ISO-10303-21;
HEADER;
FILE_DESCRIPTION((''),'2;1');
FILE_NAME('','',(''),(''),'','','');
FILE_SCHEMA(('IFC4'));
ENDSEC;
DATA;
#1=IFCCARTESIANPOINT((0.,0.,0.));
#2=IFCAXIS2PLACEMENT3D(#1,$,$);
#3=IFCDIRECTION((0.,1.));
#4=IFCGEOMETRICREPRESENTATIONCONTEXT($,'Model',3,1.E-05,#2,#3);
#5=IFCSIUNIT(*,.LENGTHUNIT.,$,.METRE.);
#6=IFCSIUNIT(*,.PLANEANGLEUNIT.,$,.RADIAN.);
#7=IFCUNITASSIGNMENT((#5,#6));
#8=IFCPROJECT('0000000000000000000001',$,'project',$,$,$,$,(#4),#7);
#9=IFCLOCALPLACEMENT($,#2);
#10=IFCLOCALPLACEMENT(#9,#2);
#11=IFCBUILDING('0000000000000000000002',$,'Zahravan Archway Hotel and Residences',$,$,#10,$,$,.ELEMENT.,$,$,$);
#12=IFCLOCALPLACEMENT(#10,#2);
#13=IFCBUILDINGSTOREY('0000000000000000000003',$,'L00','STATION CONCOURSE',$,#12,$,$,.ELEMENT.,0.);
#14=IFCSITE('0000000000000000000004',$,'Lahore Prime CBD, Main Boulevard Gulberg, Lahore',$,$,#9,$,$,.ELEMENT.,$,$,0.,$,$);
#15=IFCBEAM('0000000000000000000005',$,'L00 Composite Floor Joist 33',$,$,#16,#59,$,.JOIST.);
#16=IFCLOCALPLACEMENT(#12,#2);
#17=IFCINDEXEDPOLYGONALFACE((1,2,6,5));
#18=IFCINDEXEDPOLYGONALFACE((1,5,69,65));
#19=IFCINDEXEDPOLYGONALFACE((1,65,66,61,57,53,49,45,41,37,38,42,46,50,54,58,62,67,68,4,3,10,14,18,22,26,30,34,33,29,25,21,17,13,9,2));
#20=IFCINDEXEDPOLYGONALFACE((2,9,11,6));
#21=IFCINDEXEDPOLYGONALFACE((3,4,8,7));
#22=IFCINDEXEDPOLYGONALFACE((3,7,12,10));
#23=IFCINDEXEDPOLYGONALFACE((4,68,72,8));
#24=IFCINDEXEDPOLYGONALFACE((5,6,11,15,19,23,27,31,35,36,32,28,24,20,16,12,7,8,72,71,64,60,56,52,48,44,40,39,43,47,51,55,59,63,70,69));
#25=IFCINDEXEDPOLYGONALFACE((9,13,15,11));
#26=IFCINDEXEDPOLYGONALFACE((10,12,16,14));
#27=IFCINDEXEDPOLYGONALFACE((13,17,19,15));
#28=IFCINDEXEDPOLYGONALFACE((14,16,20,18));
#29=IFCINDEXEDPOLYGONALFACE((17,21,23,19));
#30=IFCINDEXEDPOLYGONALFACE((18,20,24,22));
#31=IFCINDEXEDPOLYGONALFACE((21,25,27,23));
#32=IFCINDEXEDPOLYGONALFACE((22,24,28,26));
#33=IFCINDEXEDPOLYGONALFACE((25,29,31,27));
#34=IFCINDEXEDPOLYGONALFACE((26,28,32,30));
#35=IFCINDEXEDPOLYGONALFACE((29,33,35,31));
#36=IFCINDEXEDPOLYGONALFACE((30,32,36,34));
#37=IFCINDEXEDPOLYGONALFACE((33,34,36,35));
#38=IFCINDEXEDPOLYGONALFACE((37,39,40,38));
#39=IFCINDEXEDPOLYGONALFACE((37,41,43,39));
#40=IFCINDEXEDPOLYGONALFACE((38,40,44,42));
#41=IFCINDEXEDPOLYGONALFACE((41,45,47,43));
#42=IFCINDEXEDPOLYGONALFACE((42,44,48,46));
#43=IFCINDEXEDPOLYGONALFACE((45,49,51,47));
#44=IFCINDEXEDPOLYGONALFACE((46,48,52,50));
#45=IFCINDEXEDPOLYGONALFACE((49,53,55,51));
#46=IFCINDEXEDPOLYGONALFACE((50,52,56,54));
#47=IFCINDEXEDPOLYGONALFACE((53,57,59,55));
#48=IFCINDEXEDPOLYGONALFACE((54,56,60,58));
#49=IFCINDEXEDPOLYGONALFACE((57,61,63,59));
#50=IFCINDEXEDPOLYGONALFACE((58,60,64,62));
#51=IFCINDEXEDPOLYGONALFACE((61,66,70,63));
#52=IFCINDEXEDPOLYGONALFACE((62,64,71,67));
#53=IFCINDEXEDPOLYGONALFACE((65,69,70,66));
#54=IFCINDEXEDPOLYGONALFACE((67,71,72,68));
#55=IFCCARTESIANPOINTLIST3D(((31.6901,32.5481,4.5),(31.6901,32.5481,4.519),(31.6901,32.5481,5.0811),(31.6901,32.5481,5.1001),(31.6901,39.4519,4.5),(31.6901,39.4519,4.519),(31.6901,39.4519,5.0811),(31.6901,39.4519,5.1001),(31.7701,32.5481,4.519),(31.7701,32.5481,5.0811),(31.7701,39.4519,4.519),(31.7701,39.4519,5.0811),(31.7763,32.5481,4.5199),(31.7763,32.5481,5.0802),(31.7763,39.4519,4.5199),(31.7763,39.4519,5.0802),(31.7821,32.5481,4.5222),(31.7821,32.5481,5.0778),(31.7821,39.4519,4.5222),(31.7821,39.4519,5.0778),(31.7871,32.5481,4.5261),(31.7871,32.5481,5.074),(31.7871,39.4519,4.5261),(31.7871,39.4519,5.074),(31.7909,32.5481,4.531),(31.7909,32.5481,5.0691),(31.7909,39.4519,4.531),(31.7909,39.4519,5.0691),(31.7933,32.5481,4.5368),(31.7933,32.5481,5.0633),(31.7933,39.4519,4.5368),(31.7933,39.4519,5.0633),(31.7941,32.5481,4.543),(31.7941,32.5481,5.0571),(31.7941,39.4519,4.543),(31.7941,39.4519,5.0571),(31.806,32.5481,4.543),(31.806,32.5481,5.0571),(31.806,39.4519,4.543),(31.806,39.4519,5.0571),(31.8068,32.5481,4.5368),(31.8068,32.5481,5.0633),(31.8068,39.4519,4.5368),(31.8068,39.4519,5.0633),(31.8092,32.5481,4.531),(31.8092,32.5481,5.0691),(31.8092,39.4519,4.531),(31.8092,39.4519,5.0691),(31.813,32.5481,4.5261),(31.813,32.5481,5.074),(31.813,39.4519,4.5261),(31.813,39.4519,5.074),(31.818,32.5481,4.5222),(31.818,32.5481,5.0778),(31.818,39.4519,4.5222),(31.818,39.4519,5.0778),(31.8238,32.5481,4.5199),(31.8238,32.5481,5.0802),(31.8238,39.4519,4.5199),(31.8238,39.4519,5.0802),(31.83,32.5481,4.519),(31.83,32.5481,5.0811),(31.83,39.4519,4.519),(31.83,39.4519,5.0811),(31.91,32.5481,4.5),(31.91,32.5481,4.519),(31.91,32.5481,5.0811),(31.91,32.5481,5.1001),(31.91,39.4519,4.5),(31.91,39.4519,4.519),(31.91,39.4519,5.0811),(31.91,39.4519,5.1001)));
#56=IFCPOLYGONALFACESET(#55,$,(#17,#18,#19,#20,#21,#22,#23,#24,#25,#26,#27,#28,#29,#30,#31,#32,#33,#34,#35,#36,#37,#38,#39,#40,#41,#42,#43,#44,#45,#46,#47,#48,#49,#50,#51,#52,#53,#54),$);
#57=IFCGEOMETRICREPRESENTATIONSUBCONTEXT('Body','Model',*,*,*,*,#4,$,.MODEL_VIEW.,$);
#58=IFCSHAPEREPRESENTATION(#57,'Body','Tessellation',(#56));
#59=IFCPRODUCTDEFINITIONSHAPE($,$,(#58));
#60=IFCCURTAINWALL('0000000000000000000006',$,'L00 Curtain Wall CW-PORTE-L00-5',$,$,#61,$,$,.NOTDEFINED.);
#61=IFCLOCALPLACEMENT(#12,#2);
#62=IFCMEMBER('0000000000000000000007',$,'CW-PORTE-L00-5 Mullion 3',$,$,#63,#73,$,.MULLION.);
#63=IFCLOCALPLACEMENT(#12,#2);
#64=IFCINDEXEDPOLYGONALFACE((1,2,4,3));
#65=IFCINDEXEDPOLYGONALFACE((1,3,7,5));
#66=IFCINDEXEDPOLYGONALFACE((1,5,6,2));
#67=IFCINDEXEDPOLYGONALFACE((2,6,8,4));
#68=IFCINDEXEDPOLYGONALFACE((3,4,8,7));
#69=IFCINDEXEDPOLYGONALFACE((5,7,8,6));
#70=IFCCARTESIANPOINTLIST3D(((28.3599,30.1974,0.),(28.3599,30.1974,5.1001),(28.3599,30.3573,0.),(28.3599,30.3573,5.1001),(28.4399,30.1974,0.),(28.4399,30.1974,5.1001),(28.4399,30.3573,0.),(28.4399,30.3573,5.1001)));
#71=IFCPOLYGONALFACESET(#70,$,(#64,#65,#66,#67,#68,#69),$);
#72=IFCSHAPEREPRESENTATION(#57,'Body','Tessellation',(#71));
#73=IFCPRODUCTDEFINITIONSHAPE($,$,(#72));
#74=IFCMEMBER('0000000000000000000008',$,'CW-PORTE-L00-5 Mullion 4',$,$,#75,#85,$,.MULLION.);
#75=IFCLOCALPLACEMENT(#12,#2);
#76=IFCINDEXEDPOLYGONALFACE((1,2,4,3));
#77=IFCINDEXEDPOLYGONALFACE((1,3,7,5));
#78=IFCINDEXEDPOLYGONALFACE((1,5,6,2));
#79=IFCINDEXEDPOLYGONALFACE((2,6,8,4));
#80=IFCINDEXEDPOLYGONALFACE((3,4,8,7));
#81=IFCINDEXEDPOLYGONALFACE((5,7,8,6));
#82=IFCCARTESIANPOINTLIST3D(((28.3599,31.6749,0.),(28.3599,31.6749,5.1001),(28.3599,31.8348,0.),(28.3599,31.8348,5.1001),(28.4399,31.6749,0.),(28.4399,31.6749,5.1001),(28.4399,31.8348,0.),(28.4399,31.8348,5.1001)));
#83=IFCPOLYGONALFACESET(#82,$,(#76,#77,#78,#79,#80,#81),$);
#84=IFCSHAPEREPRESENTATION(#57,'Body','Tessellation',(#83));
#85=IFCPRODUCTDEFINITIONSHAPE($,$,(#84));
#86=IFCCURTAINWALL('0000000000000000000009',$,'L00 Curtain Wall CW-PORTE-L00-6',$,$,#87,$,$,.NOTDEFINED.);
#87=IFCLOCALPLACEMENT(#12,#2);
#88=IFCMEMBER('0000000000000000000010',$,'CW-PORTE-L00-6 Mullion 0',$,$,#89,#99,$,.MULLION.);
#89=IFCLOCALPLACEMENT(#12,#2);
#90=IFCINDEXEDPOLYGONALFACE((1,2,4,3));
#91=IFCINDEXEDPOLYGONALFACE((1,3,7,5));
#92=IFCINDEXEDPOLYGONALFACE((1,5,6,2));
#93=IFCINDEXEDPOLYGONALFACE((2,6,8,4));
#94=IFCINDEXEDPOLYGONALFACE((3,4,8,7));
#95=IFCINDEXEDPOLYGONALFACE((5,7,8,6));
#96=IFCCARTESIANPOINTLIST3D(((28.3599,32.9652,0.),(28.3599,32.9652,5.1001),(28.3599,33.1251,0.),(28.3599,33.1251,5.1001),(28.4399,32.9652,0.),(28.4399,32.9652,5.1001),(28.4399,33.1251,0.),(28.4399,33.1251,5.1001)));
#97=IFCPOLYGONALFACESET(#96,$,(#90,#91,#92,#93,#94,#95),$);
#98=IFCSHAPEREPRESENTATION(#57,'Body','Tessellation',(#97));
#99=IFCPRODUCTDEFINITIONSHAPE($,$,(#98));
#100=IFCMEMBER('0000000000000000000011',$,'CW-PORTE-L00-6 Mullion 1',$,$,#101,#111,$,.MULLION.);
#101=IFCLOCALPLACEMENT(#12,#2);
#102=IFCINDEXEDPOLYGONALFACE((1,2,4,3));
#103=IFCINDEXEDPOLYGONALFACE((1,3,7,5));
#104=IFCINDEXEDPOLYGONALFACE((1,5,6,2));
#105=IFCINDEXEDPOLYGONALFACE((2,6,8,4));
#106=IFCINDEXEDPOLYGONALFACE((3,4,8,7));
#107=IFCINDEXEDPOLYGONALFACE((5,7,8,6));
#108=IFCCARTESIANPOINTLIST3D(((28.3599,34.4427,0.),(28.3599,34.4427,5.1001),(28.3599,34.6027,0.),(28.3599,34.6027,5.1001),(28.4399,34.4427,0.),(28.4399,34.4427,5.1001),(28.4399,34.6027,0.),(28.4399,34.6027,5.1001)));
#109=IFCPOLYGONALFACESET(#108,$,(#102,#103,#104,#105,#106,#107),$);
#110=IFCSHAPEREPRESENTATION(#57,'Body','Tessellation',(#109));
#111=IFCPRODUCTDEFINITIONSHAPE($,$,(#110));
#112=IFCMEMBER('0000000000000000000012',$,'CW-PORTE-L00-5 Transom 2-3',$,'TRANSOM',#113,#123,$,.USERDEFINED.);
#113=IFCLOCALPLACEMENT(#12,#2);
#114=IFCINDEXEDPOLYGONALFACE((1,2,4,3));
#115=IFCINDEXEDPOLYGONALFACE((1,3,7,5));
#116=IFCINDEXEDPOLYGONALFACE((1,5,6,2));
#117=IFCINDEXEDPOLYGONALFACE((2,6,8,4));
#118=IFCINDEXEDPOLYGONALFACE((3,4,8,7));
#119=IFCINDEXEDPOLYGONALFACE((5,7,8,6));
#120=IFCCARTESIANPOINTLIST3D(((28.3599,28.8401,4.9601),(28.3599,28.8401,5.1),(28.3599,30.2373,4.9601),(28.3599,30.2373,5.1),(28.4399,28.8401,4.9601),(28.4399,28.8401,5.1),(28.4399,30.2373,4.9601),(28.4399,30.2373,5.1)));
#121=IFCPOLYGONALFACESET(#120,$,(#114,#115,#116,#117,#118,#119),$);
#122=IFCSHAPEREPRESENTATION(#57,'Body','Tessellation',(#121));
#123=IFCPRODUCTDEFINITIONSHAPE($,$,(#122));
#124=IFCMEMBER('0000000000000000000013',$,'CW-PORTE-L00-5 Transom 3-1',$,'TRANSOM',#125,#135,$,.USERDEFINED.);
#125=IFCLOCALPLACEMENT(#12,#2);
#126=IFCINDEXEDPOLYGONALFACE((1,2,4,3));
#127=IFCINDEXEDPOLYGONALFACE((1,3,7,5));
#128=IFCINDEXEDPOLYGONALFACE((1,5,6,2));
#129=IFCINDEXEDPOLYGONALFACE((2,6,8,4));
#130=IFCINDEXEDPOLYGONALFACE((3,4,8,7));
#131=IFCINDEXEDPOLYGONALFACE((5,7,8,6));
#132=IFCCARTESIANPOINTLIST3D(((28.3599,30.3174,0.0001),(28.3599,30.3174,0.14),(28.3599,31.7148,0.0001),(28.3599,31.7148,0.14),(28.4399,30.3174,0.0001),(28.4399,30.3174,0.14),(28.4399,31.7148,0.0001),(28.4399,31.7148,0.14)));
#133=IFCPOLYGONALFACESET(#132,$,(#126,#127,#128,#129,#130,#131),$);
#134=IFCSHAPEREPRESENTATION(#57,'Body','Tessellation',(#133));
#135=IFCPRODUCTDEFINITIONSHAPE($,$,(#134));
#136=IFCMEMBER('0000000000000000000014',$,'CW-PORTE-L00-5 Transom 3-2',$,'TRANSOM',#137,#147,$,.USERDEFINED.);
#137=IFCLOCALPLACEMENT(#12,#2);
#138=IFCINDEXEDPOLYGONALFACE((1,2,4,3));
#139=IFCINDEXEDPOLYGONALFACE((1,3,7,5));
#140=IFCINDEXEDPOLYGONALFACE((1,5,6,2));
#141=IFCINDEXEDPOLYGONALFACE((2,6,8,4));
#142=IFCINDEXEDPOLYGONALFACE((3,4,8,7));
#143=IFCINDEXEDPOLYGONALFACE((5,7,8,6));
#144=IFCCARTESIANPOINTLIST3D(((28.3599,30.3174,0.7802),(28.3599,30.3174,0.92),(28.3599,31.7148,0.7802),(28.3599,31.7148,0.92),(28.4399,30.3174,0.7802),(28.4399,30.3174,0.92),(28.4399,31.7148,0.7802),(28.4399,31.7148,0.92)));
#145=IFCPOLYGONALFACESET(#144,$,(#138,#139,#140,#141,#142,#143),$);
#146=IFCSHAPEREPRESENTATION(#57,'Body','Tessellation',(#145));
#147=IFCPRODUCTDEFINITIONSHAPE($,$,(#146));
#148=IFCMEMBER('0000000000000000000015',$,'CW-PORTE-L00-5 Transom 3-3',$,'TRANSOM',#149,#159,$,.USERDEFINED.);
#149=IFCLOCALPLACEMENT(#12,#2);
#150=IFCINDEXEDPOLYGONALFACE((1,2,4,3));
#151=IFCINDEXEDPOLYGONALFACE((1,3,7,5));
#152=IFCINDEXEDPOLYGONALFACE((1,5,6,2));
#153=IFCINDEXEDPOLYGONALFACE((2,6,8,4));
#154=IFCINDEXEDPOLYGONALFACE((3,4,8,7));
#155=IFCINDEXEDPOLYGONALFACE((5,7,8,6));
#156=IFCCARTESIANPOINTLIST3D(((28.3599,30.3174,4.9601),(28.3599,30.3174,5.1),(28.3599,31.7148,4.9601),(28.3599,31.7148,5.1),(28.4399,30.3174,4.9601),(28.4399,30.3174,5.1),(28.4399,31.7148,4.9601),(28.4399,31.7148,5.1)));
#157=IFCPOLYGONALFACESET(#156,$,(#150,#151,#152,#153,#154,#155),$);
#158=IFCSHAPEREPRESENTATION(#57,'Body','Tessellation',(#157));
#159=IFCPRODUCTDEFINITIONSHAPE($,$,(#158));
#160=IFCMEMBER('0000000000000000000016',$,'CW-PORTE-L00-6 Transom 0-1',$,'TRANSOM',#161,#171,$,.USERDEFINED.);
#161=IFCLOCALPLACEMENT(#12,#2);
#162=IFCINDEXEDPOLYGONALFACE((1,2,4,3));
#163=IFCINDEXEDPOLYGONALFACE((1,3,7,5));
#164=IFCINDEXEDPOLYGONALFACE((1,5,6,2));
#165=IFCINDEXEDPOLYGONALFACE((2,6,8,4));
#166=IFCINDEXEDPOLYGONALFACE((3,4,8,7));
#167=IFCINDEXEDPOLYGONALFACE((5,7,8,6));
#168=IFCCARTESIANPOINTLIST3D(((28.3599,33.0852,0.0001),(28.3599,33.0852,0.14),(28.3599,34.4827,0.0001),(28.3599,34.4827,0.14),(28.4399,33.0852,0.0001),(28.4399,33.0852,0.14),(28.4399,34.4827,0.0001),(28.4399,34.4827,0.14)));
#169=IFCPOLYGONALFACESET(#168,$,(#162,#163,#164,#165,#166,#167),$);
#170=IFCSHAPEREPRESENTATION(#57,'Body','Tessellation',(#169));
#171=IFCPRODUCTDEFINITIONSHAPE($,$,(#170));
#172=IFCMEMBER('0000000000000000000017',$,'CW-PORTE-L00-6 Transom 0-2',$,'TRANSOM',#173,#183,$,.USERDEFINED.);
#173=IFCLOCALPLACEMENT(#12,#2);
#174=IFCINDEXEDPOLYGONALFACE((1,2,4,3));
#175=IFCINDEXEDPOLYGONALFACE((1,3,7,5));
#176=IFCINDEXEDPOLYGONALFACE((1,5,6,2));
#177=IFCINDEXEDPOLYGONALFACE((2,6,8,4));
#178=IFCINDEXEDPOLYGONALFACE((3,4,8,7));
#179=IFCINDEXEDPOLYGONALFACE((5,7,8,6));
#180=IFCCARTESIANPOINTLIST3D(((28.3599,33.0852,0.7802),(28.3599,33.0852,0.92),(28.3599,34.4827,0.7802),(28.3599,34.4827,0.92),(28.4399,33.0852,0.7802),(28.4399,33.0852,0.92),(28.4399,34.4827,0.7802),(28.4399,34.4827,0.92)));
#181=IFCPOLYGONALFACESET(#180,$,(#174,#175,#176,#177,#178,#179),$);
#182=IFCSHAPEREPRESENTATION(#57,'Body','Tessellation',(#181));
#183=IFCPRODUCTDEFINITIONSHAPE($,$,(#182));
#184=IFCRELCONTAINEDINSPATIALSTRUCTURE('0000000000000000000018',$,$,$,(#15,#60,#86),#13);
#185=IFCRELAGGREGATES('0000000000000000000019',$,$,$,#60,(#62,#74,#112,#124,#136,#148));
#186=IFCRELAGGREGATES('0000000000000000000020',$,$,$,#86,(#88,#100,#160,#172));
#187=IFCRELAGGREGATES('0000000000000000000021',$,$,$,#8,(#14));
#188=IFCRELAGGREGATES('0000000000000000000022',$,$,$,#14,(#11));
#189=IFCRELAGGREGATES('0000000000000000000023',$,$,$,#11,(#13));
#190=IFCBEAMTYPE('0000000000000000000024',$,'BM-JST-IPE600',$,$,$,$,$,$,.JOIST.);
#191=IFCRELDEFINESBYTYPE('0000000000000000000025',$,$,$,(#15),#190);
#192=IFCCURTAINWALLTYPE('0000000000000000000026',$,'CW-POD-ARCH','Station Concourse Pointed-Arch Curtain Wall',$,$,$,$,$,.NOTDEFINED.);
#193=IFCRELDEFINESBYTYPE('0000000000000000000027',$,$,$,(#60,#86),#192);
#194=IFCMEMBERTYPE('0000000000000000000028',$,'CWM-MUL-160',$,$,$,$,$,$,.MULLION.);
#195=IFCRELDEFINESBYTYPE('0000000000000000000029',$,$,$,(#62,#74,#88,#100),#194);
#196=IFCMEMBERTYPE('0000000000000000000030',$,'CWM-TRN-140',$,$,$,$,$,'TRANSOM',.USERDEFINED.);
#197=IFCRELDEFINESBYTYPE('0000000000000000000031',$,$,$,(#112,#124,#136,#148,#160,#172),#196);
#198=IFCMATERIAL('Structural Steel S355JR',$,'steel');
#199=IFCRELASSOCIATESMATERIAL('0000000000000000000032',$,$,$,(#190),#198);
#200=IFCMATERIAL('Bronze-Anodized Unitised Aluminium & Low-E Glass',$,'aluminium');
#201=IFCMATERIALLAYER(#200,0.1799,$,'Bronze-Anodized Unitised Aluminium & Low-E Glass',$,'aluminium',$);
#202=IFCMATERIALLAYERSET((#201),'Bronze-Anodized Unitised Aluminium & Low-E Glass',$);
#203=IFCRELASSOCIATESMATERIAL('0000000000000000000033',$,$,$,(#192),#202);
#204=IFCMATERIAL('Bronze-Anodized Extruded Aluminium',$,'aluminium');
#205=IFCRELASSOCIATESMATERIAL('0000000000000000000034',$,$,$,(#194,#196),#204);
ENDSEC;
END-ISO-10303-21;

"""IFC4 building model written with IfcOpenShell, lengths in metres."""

from ifc_helpers import new_model, si_unit, direction, frame, origin, origin_2d, place, context, subcontext, project, spatial, rectangle, i_section, extrude, source, transform, mapped, material, layer, layer_set, material_profile, profile_set, type_object, element, aggregate, save


model = new_model("IFC4")

# Units and contexts
model_context = context("Model", 3, precision=1e-05, world=origin(), true_north=direction((0.0, 1.0)))
body_context = subcontext(model_context, "Body", "Model", "MODEL_VIEW")
ifc_project = project(units=[si_unit("LENGTHUNIT", "METRE"), si_unit("PLANEANGLEUNIT", "RADIAN")], contexts=[model_context])

# Site, building, storey
site_placement = place(None, origin())
site = spatial("IfcSite", under=ifc_project, at=site_placement, Name="Lahore Prime CBD, Main Boulevard Gulberg, Lahore", CompositionType="ELEMENT", RefElevation=0.0)
building_placement = place(site_placement, origin())
building = spatial("IfcBuilding", under=site, at=building_placement, Name="Zahravan Archway Hotel and Residences", CompositionType="ELEMENT")
storey_placement = place(building_placement, origin())
storey = spatial("IfcBuildingStorey", under=building, at=storey_placement, Name="L00", Description="STATION CONCOURSE", CompositionType="ELEMENT", Elevation=0.0)

# Beam
ifc_material_1 = material(Name="Structural Steel S355JR", Category="steel")
ifc_material_profile_1 = material_profile(ifc_material_1, i_section(OverallWidth=0.22, OverallDepth=0.6001, WebThickness=0.012, FlangeThickness=0.019, FilletRadius=0.0239, at=origin_2d()), Name="IPE 600", Category="steel")
ifc_profile_set_1 = profile_set([ifc_material_profile_1], Name="Structural Steel S355JR")
beam_type_1 = type_object("IfcBeamType", Name="BM-JST-IPE600", PredefinedType="JOIST", material=ifc_profile_set_1)
shared_shape_1 = source(origin(), body_context, "Body", "SweptSolid", [
    extrude(i_section(OverallWidth=0.22, OverallDepth=0.6001, WebThickness=0.012, FlangeThickness=0.019, FilletRadius=0.0239, at=origin_2d()), origin(), (0.0, 0.0, 1.0), 6.9038),
])
beam_1_placement = place(storey_placement, frame((31.8, 32.5481, 4.8), z_axis=(0.0, 1.0, 0.0), x_axis=(-1.0, 0.0, 0.0)))
element("IfcBeam", 1, at=beam_1_placement, inside=storey, type_object=beam_type_1, Name="L00 Composite Floor Joist 33", PredefinedType="JOIST", context=body_context, shape_type="MappedRepresentation", body=[
    mapped(shared_shape_1, transform((0.0, 0.0, 0.0), scale=1.0)),
])

# Curtain walls, members
ifc_material_2 = material(Name="Bronze-Anodized Unitised Aluminium & Low-E Glass", Category="aluminium")
ifc_layer_1 = layer(ifc_material_2, 0.1799, Name="Bronze-Anodized Unitised Aluminium & Low-E Glass", Category="aluminium")
ifc_layer_set_1 = layer_set([ifc_layer_1], Name="Bronze-Anodized Unitised Aluminium & Low-E Glass")
curtain_wall_type = type_object("IfcCurtainWallType", Name="CW-POD-ARCH", Description="Station Concourse Pointed-Arch Curtain Wall", PredefinedType="NOTDEFINED", material=ifc_layer_set_1)
curtain_wall_1_placement = place(storey_placement, origin())
curtain_wall_1 = element("IfcCurtainWall", 2, at=curtain_wall_1_placement, inside=storey, type_object=curtain_wall_type, Name="L00 Curtain Wall CW-PORTE-L00-5", PredefinedType="NOTDEFINED")
ifc_material_3 = material(Name="Bronze-Anodized Extruded Aluminium", Category="aluminium")
ifc_material_profile_2 = material_profile(ifc_material_3, rectangle(XDim=0.0801, YDim=0.1599, at=origin_2d()), Name="MUL 80x160", Category="aluminium")
ifc_profile_set_2 = profile_set([ifc_material_profile_2], Name="Bronze-Anodized Extruded Aluminium")
member_type_1 = type_object("IfcMemberType", Name="CWM-MUL-160", PredefinedType="MULLION", material=ifc_profile_set_2)
shared_shape_2 = source(origin(), body_context, "Body", "SweptSolid", [
    extrude(rectangle(XDim=0.0801, YDim=0.1599, at=origin_2d()), origin(), (0.0, 0.0, 1.0), 5.1001),
])
member_1_placement = place(storey_placement, frame((28.3999, 30.2773, 0.0), z_axis=(0.0, 0.0, 1.0), x_axis=(1.0, 0.0, 0.0)))
member_1 = element("IfcMember", 3, at=member_1_placement, type_object=member_type_1, Name="CW-PORTE-L00-5 Mullion 3", PredefinedType="MULLION", context=body_context, shape_type="MappedRepresentation", body=[
    mapped(shared_shape_2, transform((0.0, 0.0, 0.0), scale=1.0)),
])
member_2_placement = place(storey_placement, frame((28.3999, 31.7549, 0.0), z_axis=(0.0, 0.0, 1.0), x_axis=(1.0, 0.0, 0.0)))
member_2 = element("IfcMember", 4, at=member_2_placement, type_object=member_type_1, Name="CW-PORTE-L00-5 Mullion 4", PredefinedType="MULLION", context=body_context, shape_type="MappedRepresentation", body=[
    mapped(shared_shape_2, transform((0.0, 0.0, 0.0), scale=1.0)),
])
curtain_wall_2_placement = place(storey_placement, origin())
curtain_wall_2 = element("IfcCurtainWall", 5, at=curtain_wall_2_placement, inside=storey, type_object=curtain_wall_type, Name="L00 Curtain Wall CW-PORTE-L00-6", PredefinedType="NOTDEFINED")
member_3_placement = place(storey_placement, frame((28.3999, 33.0452, 0.0), z_axis=(0.0, 0.0, 1.0), x_axis=(1.0, 0.0, 0.0)))
member_3 = element("IfcMember", 6, at=member_3_placement, type_object=member_type_1, Name="CW-PORTE-L00-6 Mullion 0", PredefinedType="MULLION", context=body_context, shape_type="MappedRepresentation", body=[
    mapped(shared_shape_2, transform((0.0, 0.0, 0.0), scale=1.0)),
])
member_4_placement = place(storey_placement, frame((28.3999, 34.5227, 0.0), z_axis=(0.0, 0.0, 1.0), x_axis=(1.0, 0.0, 0.0)))
member_4 = element("IfcMember", 7, at=member_4_placement, type_object=member_type_1, Name="CW-PORTE-L00-6 Mullion 1", PredefinedType="MULLION", context=body_context, shape_type="MappedRepresentation", body=[
    mapped(shared_shape_2, transform((0.0, 0.0, 0.0), scale=1.0)),
])

# Members
ifc_material_profile_3 = material_profile(ifc_material_3, rectangle(XDim=0.0801, YDim=0.1399, at=origin_2d()), Name="TRN 80x140", Category="aluminium")
ifc_profile_set_3 = profile_set([ifc_material_profile_3], Name="Bronze-Anodized Extruded Aluminium")
member_type_2 = type_object("IfcMemberType", Name="CWM-TRN-140", ElementType="TRANSOM", PredefinedType="USERDEFINED", material=ifc_profile_set_3)
shared_shape_3 = source(origin(), body_context, "Body", "SweptSolid", [
    extrude(rectangle(XDim=0.0801, YDim=0.1399, at=origin_2d()), origin(), (0.0, 0.0, 1.0), 1.3972),
])
member_5_placement = place(storey_placement, frame((28.3999, 28.8401, 5.03), z_axis=(0.0, 1.0, 0.0), x_axis=(-1.0, 0.0, 0.0)))
member_5 = element("IfcMember", 8, at=member_5_placement, type_object=member_type_2, Name="CW-PORTE-L00-5 Transom 2-3", ObjectType="TRANSOM", PredefinedType="USERDEFINED", context=body_context, shape_type="MappedRepresentation", body=[
    mapped(shared_shape_3, transform((0.0, 0.0, 0.0), scale=1.0)),
])
shared_shape_4 = source(origin(), body_context, "Body", "SweptSolid", [
    extrude(rectangle(XDim=0.0801, YDim=0.1399, at=origin_2d()), origin(), (0.0, 0.0, 1.0), 1.3975),
])
member_6_placement = place(storey_placement, frame((28.3999, 30.3174, 0.0701), z_axis=(0.0, 1.0, 0.0), x_axis=(-1.0, 0.0, 0.0)))
member_6 = element("IfcMember", 9, at=member_6_placement, type_object=member_type_2, Name="CW-PORTE-L00-5 Transom 3-1", ObjectType="TRANSOM", PredefinedType="USERDEFINED", context=body_context, shape_type="MappedRepresentation", body=[
    mapped(shared_shape_4, transform((0.0, 0.0, 0.0), scale=1.0)),
])
member_7_placement = place(storey_placement, frame((28.3999, 30.3174, 0.8501), z_axis=(0.0, 1.0, 0.0), x_axis=(-1.0, 0.0, 0.0)))
member_7 = element("IfcMember", 10, at=member_7_placement, type_object=member_type_2, Name="CW-PORTE-L00-5 Transom 3-2", ObjectType="TRANSOM", PredefinedType="USERDEFINED", context=body_context, shape_type="MappedRepresentation", body=[
    mapped(shared_shape_4, transform((0.0, 0.0, 0.0), scale=1.0)),
])
member_8_placement = place(storey_placement, frame((28.3999, 30.3174, 5.03), z_axis=(0.0, 1.0, 0.0), x_axis=(-1.0, 0.0, 0.0)))
member_8 = element("IfcMember", 11, at=member_8_placement, type_object=member_type_2, Name="CW-PORTE-L00-5 Transom 3-3", ObjectType="TRANSOM", PredefinedType="USERDEFINED", context=body_context, shape_type="MappedRepresentation", body=[
    mapped(shared_shape_4, transform((0.0, 0.0, 0.0), scale=1.0)),
])
member_9_placement = place(storey_placement, frame((28.3999, 33.0852, 0.0701), z_axis=(0.0, 1.0, 0.0), x_axis=(-1.0, 0.0, 0.0)))
member_9 = element("IfcMember", 12, at=member_9_placement, type_object=member_type_2, Name="CW-PORTE-L00-6 Transom 0-1", ObjectType="TRANSOM", PredefinedType="USERDEFINED", context=body_context, shape_type="MappedRepresentation", body=[
    mapped(shared_shape_4, transform((0.0, 0.0, 0.0), scale=1.0)),
])
member_10_placement = place(storey_placement, frame((28.3999, 33.0852, 0.8501), z_axis=(0.0, 1.0, 0.0), x_axis=(-1.0, 0.0, 0.0)))
member_10 = element("IfcMember", 13, at=member_10_placement, type_object=member_type_2, Name="CW-PORTE-L00-6 Transom 0-2", ObjectType="TRANSOM", PredefinedType="USERDEFINED", context=body_context, shape_type="MappedRepresentation", body=[
    mapped(shared_shape_4, transform((0.0, 0.0, 0.0), scale=1.0)),
])

aggregate(curtain_wall_1, [member_1, member_2, member_5, member_6, member_7, member_8])
aggregate(curtain_wall_2, [member_3, member_4, member_9, member_10])

save(model, "model.ifc")
